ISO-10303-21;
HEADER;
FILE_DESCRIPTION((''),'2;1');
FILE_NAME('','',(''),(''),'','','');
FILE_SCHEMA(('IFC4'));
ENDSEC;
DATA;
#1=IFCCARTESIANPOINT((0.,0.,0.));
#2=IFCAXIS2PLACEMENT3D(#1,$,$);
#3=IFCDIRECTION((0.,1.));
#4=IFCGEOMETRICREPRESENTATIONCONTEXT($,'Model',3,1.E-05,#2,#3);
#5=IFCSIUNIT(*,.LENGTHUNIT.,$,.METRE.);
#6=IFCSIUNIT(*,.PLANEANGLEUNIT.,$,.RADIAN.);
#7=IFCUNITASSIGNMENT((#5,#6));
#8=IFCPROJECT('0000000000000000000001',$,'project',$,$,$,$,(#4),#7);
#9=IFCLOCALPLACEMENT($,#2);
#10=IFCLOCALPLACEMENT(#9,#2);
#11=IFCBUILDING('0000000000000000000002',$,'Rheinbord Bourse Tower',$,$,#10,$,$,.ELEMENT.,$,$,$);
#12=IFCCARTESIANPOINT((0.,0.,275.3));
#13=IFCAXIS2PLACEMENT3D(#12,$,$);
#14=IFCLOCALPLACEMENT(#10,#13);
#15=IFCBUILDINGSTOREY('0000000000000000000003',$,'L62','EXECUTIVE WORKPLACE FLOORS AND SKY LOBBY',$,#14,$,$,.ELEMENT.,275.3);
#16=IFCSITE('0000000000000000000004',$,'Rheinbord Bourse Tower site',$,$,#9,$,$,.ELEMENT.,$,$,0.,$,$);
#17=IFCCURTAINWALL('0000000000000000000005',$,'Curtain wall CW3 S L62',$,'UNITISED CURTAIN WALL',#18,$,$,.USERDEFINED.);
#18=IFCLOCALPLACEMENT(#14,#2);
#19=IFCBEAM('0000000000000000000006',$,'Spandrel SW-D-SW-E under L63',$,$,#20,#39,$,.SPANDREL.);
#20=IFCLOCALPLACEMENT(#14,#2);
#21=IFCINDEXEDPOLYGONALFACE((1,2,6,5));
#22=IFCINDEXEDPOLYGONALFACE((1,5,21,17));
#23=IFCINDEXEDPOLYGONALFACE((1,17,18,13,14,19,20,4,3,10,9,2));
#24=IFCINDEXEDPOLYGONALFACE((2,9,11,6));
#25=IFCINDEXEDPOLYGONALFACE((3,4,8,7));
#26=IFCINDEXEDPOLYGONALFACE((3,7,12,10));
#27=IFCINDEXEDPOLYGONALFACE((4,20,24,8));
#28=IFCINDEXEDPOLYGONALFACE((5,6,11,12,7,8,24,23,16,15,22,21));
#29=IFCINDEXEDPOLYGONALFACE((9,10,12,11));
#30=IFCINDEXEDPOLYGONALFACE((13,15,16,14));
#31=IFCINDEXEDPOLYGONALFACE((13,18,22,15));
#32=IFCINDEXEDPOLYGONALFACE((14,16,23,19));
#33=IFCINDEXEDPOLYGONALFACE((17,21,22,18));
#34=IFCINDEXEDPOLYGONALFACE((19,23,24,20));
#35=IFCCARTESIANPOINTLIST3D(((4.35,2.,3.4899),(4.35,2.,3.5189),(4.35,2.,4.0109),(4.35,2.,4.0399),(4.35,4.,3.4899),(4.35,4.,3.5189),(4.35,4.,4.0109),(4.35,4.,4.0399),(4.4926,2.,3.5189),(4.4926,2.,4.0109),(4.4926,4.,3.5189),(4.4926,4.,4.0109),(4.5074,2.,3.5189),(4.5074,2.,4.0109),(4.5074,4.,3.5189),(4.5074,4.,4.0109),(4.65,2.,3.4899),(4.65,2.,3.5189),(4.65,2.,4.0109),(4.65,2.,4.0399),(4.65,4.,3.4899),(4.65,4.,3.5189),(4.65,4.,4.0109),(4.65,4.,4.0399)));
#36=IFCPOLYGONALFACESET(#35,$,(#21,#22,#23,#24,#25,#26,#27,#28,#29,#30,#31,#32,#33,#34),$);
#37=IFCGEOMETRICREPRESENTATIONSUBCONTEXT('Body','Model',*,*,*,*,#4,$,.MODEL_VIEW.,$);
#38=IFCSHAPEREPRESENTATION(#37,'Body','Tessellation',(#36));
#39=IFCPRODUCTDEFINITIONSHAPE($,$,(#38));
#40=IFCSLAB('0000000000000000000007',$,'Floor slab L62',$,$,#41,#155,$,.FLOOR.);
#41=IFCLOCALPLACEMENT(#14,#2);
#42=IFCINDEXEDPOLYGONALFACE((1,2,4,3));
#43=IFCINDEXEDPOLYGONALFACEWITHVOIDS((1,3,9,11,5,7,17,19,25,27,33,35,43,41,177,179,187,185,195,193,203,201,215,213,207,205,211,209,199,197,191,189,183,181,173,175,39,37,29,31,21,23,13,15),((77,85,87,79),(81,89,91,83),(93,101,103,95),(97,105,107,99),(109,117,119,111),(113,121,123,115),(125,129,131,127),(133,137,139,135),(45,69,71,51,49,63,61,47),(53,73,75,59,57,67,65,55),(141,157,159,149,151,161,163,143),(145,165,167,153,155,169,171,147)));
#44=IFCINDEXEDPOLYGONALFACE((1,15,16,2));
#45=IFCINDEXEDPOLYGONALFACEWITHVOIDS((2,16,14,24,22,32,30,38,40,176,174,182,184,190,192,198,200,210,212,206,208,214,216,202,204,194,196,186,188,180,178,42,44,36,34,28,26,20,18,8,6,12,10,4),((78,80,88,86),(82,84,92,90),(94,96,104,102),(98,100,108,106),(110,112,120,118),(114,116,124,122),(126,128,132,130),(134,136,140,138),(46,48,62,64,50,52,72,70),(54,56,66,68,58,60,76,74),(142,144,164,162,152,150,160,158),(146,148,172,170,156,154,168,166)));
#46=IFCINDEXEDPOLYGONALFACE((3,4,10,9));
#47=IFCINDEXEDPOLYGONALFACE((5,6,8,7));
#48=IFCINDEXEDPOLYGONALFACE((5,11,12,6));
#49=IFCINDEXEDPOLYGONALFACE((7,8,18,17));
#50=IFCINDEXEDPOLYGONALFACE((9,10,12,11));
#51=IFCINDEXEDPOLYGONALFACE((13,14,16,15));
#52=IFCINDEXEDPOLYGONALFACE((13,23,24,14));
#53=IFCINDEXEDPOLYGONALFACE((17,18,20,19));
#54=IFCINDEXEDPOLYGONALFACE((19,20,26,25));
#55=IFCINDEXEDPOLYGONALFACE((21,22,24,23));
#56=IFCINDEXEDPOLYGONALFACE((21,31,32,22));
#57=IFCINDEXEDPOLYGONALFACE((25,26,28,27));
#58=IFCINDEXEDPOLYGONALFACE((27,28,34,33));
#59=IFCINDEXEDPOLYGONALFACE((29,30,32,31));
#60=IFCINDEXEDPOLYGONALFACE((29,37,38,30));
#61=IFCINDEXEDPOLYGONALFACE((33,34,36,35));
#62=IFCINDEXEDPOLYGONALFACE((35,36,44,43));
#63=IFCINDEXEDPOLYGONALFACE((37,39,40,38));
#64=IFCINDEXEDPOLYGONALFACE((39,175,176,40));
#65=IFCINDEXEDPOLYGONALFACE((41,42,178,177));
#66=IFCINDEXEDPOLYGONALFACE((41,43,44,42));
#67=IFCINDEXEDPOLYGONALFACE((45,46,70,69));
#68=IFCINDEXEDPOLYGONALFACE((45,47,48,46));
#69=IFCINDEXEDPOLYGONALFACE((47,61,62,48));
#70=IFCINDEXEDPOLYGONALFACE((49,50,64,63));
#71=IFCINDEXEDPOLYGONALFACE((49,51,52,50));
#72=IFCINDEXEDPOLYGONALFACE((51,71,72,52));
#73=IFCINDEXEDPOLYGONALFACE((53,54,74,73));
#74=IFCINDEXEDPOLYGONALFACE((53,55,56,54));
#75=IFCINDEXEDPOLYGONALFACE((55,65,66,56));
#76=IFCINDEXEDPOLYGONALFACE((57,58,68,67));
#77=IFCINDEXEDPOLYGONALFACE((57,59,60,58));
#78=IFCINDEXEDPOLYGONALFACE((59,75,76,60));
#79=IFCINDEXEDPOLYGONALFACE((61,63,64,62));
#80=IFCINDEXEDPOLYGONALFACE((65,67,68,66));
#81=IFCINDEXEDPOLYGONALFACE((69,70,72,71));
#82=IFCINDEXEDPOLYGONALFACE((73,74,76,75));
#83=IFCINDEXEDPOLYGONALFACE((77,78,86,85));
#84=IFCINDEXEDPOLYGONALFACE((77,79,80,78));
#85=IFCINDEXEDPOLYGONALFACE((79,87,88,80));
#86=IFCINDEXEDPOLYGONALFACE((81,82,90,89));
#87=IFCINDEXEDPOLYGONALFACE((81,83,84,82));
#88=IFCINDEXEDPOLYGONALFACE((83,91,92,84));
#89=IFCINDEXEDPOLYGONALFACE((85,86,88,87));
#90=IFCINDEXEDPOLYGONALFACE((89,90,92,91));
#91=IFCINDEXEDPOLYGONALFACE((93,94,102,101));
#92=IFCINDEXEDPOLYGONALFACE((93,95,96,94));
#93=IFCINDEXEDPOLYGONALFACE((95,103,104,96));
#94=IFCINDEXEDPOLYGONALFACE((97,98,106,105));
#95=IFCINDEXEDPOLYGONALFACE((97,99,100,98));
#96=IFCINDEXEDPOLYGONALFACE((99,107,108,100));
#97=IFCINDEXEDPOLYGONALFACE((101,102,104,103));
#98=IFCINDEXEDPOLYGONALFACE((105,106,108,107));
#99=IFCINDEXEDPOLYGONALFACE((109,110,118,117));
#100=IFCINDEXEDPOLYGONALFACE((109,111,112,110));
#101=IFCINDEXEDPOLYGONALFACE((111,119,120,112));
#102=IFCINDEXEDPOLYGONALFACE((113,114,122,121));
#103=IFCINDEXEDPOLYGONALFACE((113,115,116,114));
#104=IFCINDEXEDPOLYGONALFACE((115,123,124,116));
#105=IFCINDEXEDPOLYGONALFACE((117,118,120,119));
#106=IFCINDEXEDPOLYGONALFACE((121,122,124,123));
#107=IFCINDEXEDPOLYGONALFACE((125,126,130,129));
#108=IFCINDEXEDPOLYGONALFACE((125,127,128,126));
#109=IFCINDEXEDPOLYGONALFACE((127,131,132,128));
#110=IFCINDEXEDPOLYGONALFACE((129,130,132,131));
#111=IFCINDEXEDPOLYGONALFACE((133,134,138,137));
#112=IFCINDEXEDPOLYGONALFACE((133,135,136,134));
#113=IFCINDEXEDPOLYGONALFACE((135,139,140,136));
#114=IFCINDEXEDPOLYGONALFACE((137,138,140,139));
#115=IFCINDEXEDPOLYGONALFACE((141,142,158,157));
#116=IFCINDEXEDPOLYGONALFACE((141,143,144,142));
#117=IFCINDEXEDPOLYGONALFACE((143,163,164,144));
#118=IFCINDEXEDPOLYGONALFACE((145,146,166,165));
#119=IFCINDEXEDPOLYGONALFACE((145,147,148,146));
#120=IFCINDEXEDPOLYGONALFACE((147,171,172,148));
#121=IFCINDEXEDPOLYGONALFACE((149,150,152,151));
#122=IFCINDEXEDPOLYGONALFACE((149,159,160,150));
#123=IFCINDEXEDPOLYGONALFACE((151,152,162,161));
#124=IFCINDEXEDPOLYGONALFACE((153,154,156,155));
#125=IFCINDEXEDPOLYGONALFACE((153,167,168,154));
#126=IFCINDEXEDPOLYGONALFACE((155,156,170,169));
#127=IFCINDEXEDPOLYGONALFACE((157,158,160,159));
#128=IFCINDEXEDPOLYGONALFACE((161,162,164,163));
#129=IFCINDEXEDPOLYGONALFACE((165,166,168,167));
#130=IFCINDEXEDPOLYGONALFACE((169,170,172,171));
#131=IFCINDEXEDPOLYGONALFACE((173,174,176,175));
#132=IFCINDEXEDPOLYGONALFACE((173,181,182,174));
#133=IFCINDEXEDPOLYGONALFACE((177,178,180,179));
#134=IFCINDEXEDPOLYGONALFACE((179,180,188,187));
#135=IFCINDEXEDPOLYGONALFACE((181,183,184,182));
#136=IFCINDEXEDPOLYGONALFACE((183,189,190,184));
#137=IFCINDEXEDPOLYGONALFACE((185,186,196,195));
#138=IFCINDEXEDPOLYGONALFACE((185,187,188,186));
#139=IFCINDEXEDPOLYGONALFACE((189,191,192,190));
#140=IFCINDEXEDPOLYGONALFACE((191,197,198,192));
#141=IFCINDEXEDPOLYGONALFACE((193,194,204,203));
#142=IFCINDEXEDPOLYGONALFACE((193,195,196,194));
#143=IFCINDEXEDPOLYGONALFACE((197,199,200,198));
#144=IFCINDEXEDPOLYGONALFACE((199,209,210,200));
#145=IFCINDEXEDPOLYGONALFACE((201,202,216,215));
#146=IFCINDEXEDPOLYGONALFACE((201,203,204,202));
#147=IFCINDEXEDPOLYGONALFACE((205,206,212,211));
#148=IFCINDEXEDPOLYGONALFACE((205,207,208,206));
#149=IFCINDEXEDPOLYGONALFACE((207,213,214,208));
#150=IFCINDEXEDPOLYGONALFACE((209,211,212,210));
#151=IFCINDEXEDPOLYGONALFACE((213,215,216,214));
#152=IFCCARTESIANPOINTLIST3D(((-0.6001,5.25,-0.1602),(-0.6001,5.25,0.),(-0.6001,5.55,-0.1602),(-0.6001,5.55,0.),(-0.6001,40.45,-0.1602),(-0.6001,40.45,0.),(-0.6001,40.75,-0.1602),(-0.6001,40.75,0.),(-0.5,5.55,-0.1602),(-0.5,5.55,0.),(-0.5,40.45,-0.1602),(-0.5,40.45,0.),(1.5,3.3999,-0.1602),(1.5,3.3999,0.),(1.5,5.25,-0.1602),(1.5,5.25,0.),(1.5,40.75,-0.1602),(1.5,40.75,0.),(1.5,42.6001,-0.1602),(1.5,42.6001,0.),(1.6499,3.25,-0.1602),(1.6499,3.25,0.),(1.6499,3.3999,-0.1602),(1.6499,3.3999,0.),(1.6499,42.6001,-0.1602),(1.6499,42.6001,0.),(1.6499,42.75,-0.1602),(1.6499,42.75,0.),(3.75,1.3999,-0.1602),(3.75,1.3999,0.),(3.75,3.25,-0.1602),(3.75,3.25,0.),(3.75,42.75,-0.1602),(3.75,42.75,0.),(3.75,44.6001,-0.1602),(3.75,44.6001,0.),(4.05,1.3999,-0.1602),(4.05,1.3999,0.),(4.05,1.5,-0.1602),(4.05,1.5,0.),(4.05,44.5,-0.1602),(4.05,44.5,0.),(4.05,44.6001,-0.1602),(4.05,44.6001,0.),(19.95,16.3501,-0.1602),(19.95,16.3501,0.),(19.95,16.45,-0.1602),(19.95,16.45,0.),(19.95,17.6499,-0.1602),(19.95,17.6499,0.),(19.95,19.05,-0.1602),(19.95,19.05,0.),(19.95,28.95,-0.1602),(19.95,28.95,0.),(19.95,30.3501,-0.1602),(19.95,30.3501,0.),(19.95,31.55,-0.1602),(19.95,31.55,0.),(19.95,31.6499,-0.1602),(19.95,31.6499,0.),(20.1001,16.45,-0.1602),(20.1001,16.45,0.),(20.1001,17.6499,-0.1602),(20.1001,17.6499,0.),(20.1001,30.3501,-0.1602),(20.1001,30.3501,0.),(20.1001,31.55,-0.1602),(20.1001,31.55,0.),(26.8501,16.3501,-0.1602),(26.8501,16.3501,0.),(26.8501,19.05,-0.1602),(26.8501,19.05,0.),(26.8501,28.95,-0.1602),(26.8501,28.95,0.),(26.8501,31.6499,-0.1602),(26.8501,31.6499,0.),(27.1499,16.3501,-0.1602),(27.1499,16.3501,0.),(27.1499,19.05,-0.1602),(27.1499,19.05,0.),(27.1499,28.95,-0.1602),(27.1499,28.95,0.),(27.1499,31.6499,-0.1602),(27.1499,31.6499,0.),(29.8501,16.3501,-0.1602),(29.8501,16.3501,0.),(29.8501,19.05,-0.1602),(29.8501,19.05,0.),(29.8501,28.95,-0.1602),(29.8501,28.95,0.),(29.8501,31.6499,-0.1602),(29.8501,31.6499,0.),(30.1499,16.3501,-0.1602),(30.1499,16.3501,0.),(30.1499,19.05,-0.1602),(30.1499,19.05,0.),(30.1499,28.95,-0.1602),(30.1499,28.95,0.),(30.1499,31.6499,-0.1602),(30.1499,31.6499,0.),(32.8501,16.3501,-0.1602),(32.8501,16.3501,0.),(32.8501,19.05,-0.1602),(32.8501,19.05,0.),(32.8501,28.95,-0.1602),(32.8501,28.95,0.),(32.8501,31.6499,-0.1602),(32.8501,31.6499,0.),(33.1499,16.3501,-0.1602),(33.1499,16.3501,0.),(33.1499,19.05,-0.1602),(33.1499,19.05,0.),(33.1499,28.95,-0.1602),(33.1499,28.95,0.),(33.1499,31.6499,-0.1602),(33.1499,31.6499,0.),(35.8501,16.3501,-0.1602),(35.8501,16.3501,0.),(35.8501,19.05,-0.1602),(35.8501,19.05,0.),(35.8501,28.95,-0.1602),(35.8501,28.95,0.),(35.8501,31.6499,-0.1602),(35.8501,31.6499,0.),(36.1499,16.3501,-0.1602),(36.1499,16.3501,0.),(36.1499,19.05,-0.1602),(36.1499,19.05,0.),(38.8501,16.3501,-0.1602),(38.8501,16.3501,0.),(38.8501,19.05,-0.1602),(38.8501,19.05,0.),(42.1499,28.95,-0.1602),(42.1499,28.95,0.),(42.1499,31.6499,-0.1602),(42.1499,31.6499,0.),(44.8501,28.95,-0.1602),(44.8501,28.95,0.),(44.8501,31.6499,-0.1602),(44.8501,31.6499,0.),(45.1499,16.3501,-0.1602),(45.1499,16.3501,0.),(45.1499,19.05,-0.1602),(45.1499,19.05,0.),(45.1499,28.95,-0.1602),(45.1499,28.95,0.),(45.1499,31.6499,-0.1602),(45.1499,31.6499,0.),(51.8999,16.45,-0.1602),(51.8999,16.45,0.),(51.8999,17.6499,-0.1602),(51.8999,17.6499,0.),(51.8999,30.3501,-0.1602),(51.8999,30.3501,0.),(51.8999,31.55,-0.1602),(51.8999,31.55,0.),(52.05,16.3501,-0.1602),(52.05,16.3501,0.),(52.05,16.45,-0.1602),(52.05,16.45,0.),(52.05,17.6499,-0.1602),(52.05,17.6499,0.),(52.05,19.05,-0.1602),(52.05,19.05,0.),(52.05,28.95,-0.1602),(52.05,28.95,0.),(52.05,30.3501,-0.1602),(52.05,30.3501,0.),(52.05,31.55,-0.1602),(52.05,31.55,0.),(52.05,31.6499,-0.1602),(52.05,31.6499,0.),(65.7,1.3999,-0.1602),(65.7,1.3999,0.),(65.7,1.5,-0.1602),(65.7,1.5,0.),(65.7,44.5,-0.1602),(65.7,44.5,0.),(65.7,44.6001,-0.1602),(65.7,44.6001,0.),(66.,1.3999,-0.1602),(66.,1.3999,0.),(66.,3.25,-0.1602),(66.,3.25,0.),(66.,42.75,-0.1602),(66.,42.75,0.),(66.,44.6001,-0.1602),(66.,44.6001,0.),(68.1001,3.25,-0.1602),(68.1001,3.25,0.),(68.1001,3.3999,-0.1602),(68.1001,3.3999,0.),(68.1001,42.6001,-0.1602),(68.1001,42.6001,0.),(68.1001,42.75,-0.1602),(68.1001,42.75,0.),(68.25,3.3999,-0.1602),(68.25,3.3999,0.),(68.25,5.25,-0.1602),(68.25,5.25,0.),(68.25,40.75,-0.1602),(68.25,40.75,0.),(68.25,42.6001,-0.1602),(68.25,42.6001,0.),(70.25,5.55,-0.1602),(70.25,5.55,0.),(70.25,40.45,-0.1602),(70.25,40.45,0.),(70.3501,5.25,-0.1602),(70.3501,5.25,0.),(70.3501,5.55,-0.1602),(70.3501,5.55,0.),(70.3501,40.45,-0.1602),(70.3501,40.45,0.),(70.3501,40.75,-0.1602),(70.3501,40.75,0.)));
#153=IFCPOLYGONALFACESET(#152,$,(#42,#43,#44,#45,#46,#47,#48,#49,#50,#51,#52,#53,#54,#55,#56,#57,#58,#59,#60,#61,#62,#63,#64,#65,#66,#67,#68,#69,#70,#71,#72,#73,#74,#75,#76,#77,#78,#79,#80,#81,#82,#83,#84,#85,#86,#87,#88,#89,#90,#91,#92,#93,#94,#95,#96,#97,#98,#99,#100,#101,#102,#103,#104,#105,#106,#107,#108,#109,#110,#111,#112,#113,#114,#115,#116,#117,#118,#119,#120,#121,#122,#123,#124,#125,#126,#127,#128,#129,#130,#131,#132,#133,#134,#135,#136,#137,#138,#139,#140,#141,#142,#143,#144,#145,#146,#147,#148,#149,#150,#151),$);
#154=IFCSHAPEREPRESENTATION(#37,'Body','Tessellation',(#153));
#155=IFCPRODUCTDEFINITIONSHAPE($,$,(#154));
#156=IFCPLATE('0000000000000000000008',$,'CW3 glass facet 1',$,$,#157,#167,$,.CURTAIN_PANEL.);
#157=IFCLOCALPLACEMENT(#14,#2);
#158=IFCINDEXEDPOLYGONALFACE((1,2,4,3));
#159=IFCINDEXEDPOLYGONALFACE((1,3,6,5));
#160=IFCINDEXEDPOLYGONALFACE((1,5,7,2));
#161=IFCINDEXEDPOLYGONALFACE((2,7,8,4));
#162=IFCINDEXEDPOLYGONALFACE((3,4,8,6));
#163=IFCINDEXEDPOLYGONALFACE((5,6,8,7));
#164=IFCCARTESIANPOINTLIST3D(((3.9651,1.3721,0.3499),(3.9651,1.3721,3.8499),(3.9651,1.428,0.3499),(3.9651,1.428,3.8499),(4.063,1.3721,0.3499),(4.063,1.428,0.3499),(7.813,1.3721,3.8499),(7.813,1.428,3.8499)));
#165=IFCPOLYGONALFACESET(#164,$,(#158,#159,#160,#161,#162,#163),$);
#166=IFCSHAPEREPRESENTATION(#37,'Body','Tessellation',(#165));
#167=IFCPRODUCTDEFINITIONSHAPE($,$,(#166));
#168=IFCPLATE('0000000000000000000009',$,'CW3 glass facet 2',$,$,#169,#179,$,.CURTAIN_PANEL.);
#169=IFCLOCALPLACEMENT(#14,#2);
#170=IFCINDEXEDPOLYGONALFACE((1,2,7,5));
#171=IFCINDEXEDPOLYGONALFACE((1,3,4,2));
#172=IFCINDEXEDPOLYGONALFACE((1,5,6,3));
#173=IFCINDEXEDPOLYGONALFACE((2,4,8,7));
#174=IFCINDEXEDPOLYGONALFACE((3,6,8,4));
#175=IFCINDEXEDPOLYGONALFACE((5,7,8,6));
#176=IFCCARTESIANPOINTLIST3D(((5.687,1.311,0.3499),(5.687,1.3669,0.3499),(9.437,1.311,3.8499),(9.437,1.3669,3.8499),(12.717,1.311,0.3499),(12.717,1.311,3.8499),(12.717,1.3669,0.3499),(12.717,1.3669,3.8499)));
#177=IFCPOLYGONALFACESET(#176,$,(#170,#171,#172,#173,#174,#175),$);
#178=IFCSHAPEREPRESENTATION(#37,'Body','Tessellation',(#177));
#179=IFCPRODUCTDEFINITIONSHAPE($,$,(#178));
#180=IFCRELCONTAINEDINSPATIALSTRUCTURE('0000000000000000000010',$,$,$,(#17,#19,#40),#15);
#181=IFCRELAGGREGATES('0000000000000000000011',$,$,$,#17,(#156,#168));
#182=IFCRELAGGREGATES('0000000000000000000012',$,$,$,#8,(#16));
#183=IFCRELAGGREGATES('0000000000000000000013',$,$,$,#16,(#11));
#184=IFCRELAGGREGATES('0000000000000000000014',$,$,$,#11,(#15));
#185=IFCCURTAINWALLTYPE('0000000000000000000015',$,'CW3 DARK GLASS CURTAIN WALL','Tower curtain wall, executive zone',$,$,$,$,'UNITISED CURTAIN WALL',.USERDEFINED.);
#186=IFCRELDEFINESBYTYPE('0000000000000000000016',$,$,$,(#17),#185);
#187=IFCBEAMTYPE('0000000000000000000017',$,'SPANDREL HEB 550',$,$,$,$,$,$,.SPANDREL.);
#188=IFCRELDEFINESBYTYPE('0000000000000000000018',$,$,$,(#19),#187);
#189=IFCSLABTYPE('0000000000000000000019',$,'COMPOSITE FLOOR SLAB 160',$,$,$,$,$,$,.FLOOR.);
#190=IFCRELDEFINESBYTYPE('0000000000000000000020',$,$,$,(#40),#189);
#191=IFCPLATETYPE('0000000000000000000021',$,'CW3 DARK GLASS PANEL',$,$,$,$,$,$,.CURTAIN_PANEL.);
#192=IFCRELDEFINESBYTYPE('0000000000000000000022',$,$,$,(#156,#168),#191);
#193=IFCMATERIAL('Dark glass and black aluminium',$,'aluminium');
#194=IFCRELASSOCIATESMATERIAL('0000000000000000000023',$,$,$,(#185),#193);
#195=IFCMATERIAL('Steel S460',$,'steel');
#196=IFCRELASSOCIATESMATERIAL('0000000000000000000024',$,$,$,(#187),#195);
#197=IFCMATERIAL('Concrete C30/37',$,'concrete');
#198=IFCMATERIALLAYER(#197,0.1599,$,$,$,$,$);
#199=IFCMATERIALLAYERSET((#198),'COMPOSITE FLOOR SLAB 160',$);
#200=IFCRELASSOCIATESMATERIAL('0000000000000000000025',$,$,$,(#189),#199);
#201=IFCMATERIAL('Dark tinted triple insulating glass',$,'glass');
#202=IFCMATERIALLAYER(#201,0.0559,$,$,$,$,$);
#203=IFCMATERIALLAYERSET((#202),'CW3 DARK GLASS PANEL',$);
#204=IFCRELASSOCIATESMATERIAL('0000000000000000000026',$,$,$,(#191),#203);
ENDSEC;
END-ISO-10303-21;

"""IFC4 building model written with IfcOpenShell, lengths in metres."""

from ifc_helpers import new_model, si_unit, direction, frame, origin, origin_2d, place, context, subcontext, project, spatial, polyline, i_section, outline, extrude, material, layer, layer_set, material_profile, profile_set, type_object, element, aggregate, save


model = new_model("IFC4")

# Units and contexts
model_context = context("Model", 3, precision=1e-05, world=origin(), true_north=direction((0.0, 1.0)))
body_context = subcontext(model_context, "Body", "Model", "MODEL_VIEW")
ifc_project = project(units=[si_unit("LENGTHUNIT", "METRE"), si_unit("PLANEANGLEUNIT", "RADIAN")], contexts=[model_context])

# Site, building, storey
site_placement = place(None, origin())
site = spatial("IfcSite", under=ifc_project, at=site_placement, Name="Rheinbord Bourse Tower site", CompositionType="ELEMENT", RefElevation=0.0)
building_placement = place(site_placement, origin())
building = spatial("IfcBuilding", under=site, at=building_placement, Name="Rheinbord Bourse Tower", CompositionType="ELEMENT")
storey_placement = place(building_placement, frame((0.0, 0.0, 275.3)))
storey = spatial("IfcBuildingStorey", under=building, at=storey_placement, Name="L62", Description="EXECUTIVE WORKPLACE FLOORS AND SKY LOBBY", CompositionType="ELEMENT", Elevation=275.3)

# Curtain wall
ifc_material_1 = material(Name="Dark glass and black aluminium", Category="aluminium")
curtain_wall_type = type_object("IfcCurtainWallType", Name="CW3 DARK GLASS CURTAIN WALL", Description="Tower curtain wall, executive zone", ElementType="UNITISED CURTAIN WALL", PredefinedType="USERDEFINED", material=ifc_material_1)
curtain_wall_placement = place(storey_placement, origin())
curtain_wall = element("IfcCurtainWall", 1, at=curtain_wall_placement, inside=storey, type_object=curtain_wall_type, Name="Curtain wall CW3 S L62", ObjectType="UNITISED CURTAIN WALL", PredefinedType="USERDEFINED")

# Beam
ifc_material_2 = material(Name="Steel S460", Category="steel")
ifc_material_profile_1 = material_profile(ifc_material_2, i_section(OverallWidth=0.3, OverallDepth=0.55, WebThickness=0.0149, FlangeThickness=0.0291, at=origin_2d()), Name="HEB 550")
ifc_profile_set_1 = profile_set([ifc_material_profile_1], Name="Steel S460")
beam_type_1 = type_object("IfcBeamType", Name="SPANDREL HEB 550", PredefinedType="SPANDREL", material=ifc_profile_set_1)
beam_1_placement = place(storey_placement, frame((4.5, 4.0, 3.7649), z_axis=(0.0, -1.0, 0.0), x_axis=(1.0, 0.0, 0.0)))
element("IfcBeam", 2, at=beam_1_placement, inside=storey, type_object=beam_type_1, Name="Spandrel SW-D-SW-E under L63", PredefinedType="SPANDREL", context=body_context, shape_type="SweptSolid", body=[
    extrude(i_section(OverallWidth=0.3, OverallDepth=0.55, WebThickness=0.0149, FlangeThickness=0.0291, at=origin_2d()), origin(), (0.0, 0.0, 1.0), 2.0),
])

# Slab
ifc_material_3 = material(Name="Concrete C30/37", Category="concrete")
ifc_layer_1 = layer(ifc_material_3, 0.1599)
ifc_layer_set_1 = layer_set([ifc_layer_1], Name="COMPOSITE FLOOR SLAB 160")
slab_type_1 = type_object("IfcSlabType", Name="COMPOSITE FLOOR SLAB 160", PredefinedType="FLOOR", material=ifc_layer_set_1)
slab_1_placement = place(storey_placement, frame((0.0, 0.0, -0.1602)))
element("IfcSlab", 3, at=slab_1_placement, inside=storey, type_object=slab_type_1, Name="Floor slab L62", PredefinedType="FLOOR", context=body_context, shape_type="SweptSolid", body=[
    extrude(outline(polyline([(1.6499, 3.3999), (1.5, 3.3999), (1.5, 5.25), (-0.6001, 5.25), (-0.6001, 5.55), (-0.5, 5.55), (-0.5, 40.45), (-0.6001, 40.45), (-0.6001, 40.75), (1.5, 40.75), (1.5, 42.6001), (1.6499, 42.6001), (1.6499, 42.75), (3.75, 42.75), (3.75, 44.6001), (4.05, 44.6001), (4.05, 44.5), (65.7, 44.5), (65.7, 44.6001), (66.0, 44.6001), (66.0, 42.75), (68.1001, 42.75), (68.1001, 42.6001), (68.25, 42.6001), (68.25, 40.75), (70.3501, 40.75), (70.3501, 40.45), (70.25, 40.45), (70.25, 5.55), (70.3501, 5.55), (70.3501, 5.25), (68.25, 5.25), (68.25, 3.3999), (68.1001, 3.3999), (68.1001, 3.25), (66.0, 3.25), (66.0, 1.3999), (65.7, 1.3999), (65.7, 1.5), (4.05, 1.5), (4.05, 1.3999), (3.75, 1.3999), (3.75, 3.25), (1.6499, 3.25), (1.6499, 3.3999)]), holes=[polyline([(19.95, 19.05), (26.8501, 19.05), (26.8501, 16.3501), (19.95, 16.3501), (19.95, 16.45), (20.1001, 16.45), (20.1001, 17.6499), (19.95, 17.6499), (19.95, 19.05)]), polyline([(19.95, 31.6499), (26.8501, 31.6499), (26.8501, 28.95), (19.95, 28.95), (19.95, 30.3501), (20.1001, 30.3501), (20.1001, 31.55), (19.95, 31.55), (19.95, 31.6499)]), polyline([(52.05, 16.3501), (45.1499, 16.3501), (45.1499, 19.05), (52.05, 19.05), (52.05, 17.6499), (51.8999, 17.6499), (51.8999, 16.45), (52.05, 16.45), (52.05, 16.3501)]), polyline([(52.05, 28.95), (45.1499, 28.95), (45.1499, 31.6499), (52.05, 31.6499), (52.05, 31.55), (51.8999, 31.55), (51.8999, 30.3501), (52.05, 30.3501), (52.05, 28.95)]), polyline([(27.1499, 16.3501), (27.1499, 19.05), (29.8501, 19.05), (29.8501, 16.3501), (27.1499, 16.3501)]), polyline([(27.1499, 28.95), (27.1499, 31.6499), (29.8501, 31.6499), (29.8501, 28.95), (27.1499, 28.95)]), polyline([(30.1499, 16.3501), (30.1499, 19.05), (32.8501, 19.05), (32.8501, 16.3501), (30.1499, 16.3501)]), polyline([(30.1499, 28.95), (30.1499, 31.6499), (32.8501, 31.6499), (32.8501, 28.95), (30.1499, 28.95)]), polyline([(33.1499, 16.3501), (33.1499, 19.05), (35.8501, 19.05), (35.8501, 16.3501), (33.1499, 16.3501)]), polyline([(33.1499, 28.95), (33.1499, 31.6499), (35.8501, 31.6499), (35.8501, 28.95), (33.1499, 28.95)]), polyline([(36.1499, 16.3501), (36.1499, 19.05), (38.8501, 19.05), (38.8501, 16.3501), (36.1499, 16.3501)]), polyline([(42.1499, 28.95), (42.1499, 31.6499), (44.8501, 31.6499), (44.8501, 28.95), (42.1499, 28.95)])]), origin(), (0.0, 0.0, 1.0), 0.1602),
])

# Plates
ifc_material_4 = material(Name="Dark tinted triple insulating glass", Category="glass")
ifc_layer_2 = layer(ifc_material_4, 0.0559)
ifc_layer_set_2 = layer_set([ifc_layer_2], Name="CW3 DARK GLASS PANEL")
plate_type = type_object("IfcPlateType", Name="CW3 DARK GLASS PANEL", PredefinedType="CURTAIN_PANEL", material=ifc_layer_set_2)
plate_1_placement = place(storey_placement, frame((3.9651, 1.3721, 0.3499), z_axis=(0.0, 1.0, 0.0), x_axis=(0.0, 0.0, 1.0)))
plate_1 = element("IfcPlate", 4, at=plate_1_placement, type_object=plate_type, Name="CW3 glass facet 1", PredefinedType="CURTAIN_PANEL", context=body_context, shape_type="SweptSolid", body=[
    extrude(outline(polyline([(0.0, 0.0), (3.5, 0.0), (3.5, 3.8479), (0.0, 0.0979), (0.0, 0.0)])), origin(), (0.0, 0.0, 1.0), 0.0559),
])
plate_2_placement = place(storey_placement, frame((12.717, 1.311, 3.8499), z_axis=(0.0, 1.0, 0.0), x_axis=(0.0, 0.0, -1.0)))
plate_2 = element("IfcPlate", 5, at=plate_2_placement, type_object=plate_type, Name="CW3 glass facet 2", PredefinedType="CURTAIN_PANEL", context=body_context, shape_type="SweptSolid", body=[
    extrude(outline(polyline([(0.0, 0.0), (3.5, 0.0), (3.5, 7.03), (0.0, 3.28), (0.0, 0.0)])), origin(), (0.0, 0.0, 1.0), 0.0559),
])
aggregate(curtain_wall, [plate_1, plate_2])

save(model, "model.ifc")
